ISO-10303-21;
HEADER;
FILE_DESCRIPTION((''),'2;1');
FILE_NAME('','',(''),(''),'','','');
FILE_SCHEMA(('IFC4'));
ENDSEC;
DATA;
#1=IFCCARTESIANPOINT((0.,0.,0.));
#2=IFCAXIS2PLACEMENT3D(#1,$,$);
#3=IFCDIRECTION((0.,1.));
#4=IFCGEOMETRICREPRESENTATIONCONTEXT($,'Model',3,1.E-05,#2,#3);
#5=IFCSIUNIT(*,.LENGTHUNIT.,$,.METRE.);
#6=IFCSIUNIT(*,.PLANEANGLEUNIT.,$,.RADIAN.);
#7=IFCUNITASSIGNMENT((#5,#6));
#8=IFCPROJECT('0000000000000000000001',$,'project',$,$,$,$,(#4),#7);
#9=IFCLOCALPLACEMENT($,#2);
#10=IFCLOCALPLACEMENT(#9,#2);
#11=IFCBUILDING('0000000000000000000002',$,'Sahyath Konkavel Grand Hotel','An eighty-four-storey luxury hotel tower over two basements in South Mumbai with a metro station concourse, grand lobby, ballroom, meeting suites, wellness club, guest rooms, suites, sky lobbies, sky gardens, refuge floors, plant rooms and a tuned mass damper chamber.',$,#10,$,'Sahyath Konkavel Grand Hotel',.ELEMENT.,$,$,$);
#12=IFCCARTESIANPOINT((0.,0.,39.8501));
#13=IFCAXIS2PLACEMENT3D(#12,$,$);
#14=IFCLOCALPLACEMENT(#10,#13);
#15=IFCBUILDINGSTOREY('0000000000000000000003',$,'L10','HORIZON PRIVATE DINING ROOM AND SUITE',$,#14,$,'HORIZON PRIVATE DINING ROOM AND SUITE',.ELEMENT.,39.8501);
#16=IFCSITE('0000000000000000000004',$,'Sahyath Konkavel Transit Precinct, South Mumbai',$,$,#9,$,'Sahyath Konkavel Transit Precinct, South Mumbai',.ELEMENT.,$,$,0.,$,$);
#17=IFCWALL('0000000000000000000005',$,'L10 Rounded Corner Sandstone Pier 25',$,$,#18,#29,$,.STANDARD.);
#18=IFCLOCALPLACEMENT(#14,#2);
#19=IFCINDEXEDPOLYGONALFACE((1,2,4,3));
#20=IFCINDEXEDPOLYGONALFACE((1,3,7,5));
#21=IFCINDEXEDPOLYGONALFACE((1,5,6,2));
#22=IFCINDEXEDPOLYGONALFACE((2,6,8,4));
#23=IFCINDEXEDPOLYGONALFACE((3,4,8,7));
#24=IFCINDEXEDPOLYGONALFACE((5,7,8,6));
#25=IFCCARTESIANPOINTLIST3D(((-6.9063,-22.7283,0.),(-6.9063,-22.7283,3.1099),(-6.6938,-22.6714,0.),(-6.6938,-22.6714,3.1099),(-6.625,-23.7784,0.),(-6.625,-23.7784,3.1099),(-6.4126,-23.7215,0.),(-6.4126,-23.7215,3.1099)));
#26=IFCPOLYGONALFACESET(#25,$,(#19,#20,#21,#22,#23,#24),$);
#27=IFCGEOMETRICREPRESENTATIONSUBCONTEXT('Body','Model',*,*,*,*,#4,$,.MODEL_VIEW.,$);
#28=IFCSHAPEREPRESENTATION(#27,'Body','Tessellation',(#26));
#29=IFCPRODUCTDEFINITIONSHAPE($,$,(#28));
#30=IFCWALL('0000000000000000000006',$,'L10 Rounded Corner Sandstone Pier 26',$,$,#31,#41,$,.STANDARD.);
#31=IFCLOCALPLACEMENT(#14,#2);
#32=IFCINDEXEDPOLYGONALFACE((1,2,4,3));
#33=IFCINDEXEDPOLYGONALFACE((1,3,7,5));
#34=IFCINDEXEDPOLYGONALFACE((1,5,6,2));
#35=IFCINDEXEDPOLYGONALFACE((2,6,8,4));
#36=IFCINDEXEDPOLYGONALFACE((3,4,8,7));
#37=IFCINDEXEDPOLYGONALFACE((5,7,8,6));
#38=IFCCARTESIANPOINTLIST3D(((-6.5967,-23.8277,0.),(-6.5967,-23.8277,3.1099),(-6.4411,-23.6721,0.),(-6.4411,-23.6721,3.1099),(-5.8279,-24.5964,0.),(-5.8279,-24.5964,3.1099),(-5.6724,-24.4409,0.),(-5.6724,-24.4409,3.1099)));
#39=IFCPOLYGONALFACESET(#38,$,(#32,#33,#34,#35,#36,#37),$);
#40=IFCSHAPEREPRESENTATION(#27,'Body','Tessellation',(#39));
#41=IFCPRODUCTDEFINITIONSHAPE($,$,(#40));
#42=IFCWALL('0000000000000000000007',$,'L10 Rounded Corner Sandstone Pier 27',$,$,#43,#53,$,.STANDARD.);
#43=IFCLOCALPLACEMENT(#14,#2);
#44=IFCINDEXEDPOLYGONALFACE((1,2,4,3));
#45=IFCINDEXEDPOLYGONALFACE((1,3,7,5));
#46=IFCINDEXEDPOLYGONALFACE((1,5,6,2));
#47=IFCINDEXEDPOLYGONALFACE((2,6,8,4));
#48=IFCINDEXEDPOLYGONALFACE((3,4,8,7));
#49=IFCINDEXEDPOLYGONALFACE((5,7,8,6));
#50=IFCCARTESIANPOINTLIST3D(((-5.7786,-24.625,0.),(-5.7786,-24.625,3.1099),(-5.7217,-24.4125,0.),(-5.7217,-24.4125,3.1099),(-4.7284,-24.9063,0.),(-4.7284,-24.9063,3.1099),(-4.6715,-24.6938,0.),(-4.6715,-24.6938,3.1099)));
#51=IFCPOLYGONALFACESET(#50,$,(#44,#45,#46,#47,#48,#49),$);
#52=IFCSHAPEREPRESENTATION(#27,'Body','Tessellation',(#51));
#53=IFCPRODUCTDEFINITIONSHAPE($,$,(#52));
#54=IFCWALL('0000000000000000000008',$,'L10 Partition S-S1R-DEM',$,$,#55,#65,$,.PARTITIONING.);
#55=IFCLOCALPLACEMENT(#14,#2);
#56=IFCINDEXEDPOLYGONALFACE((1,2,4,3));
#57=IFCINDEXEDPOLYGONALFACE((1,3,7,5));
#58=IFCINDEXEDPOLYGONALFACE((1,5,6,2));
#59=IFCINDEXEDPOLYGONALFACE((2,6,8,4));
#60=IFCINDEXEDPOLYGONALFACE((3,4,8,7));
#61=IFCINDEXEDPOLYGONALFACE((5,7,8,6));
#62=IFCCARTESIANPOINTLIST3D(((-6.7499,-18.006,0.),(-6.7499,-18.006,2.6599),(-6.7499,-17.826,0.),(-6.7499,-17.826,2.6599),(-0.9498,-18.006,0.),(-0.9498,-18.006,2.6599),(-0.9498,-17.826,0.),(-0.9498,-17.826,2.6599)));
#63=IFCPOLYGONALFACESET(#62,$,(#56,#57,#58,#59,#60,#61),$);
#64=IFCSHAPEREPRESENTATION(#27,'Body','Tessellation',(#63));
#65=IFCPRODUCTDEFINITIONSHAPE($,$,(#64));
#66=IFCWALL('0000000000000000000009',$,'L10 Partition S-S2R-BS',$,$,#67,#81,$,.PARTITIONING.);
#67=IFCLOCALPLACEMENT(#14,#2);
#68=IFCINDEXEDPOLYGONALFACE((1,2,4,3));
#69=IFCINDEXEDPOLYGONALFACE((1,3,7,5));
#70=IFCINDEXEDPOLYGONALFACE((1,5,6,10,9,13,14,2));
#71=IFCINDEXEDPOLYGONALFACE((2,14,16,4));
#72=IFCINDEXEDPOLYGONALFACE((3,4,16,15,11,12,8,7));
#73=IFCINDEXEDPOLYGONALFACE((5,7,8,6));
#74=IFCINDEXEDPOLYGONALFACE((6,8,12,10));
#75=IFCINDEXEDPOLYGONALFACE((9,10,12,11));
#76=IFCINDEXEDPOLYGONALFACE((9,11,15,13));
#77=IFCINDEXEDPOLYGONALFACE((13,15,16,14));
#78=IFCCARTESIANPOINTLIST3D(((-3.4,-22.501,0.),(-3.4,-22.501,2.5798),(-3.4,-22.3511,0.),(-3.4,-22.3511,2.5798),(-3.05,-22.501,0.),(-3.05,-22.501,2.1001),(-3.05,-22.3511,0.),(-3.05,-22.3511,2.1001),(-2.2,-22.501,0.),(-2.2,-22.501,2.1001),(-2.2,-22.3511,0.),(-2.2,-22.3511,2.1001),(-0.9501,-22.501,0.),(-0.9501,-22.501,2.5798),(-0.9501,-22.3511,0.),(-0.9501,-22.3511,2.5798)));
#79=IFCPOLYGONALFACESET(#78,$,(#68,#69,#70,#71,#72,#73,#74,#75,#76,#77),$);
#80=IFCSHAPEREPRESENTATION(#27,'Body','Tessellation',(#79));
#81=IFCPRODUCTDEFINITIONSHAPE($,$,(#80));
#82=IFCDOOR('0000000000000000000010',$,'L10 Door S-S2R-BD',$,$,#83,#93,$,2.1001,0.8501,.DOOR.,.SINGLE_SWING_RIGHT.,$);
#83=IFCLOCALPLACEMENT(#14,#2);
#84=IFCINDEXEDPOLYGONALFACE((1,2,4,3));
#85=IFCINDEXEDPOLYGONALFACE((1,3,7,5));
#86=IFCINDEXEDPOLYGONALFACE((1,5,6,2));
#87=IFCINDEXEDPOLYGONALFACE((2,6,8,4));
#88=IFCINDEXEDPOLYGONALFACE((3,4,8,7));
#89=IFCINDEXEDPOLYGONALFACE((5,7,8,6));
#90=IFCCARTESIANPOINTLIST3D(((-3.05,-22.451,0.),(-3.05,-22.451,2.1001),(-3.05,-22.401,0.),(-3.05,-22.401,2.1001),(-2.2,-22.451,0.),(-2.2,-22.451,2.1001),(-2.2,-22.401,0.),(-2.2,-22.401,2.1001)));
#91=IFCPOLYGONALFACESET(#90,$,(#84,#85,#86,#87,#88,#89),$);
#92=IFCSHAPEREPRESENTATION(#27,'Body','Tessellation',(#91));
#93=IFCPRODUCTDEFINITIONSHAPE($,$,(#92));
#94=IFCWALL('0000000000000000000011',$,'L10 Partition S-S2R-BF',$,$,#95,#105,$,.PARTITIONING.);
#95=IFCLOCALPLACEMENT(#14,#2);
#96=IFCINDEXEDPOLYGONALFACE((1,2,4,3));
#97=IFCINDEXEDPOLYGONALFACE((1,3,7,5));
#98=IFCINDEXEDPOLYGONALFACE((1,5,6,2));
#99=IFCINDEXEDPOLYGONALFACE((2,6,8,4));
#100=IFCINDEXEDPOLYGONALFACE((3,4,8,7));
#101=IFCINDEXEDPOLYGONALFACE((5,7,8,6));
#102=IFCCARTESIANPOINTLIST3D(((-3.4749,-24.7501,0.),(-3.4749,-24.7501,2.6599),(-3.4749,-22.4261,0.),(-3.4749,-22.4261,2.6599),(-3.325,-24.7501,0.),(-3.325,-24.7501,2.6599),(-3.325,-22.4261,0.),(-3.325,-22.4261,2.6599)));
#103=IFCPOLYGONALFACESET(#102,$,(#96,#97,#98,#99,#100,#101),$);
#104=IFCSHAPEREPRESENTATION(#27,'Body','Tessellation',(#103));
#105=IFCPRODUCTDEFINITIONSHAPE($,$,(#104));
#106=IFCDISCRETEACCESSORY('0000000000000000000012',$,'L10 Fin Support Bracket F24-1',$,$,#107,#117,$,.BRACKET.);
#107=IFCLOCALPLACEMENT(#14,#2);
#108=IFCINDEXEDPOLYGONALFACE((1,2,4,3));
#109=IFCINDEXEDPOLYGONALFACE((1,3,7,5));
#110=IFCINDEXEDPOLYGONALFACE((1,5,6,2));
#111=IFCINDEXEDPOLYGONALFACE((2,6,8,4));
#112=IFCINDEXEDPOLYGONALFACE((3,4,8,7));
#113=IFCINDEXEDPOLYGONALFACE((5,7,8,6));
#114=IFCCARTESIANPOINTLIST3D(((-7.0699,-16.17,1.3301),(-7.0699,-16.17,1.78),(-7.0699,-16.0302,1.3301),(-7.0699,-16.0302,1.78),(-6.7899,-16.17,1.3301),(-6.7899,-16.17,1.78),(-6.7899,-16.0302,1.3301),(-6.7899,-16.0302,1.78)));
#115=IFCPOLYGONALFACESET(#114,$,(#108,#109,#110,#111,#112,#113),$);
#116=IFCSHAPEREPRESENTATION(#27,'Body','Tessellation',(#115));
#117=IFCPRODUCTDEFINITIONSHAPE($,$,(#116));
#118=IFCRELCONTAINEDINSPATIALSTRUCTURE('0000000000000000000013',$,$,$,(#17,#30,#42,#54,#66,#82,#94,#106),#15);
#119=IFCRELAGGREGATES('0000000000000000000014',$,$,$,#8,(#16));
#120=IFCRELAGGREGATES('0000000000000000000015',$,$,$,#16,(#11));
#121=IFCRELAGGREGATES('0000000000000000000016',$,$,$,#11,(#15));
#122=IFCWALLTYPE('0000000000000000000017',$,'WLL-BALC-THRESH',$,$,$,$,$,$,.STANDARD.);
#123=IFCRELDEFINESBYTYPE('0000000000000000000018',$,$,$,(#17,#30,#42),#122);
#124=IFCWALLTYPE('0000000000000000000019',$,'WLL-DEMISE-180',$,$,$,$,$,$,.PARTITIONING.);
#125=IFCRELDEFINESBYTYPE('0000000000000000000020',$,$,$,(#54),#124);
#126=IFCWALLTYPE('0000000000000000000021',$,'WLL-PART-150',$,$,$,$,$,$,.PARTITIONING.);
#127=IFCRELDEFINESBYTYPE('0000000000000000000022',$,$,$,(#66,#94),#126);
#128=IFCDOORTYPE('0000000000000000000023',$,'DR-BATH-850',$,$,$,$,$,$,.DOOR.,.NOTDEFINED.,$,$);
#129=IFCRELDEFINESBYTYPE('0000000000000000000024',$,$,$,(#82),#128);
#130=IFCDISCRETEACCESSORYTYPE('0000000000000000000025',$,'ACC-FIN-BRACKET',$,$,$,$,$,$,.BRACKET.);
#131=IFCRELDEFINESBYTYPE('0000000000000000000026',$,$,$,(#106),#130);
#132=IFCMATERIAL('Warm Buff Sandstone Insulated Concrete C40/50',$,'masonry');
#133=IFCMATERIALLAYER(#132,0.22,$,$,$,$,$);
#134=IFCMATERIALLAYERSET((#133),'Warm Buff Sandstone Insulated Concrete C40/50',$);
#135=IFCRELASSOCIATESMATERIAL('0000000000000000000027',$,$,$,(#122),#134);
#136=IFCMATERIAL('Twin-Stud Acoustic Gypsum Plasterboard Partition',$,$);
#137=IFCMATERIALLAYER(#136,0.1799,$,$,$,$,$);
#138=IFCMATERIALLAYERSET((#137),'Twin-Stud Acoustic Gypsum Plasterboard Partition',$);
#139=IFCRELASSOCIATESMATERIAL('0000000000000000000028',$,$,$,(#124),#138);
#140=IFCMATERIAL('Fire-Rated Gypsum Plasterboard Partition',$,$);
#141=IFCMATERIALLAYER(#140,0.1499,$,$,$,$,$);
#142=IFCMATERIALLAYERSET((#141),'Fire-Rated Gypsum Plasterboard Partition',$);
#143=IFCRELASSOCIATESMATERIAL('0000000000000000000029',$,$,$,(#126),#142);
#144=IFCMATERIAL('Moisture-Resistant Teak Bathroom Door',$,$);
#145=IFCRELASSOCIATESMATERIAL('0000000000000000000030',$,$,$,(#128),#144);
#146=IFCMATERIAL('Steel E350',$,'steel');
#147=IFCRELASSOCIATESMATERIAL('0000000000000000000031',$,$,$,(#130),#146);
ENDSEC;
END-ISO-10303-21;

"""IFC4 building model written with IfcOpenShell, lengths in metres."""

from ifc_helpers import new_model, si_unit, direction, frame, frame_2d, origin, origin_2d, place, context, subcontext, project, spatial, rectangle, extrude, source, transform, mapped, material, layer, layer_set, type_object, element, fill, save


model = new_model("IFC4")

# Units and contexts
model_context = context("Model", 3, precision=1e-05, world=origin(), true_north=direction((0.0, 1.0)))
body_context = subcontext(model_context, "Body", "Model", "MODEL_VIEW")
ifc_project = project(units=[si_unit("LENGTHUNIT", "METRE"), si_unit("PLANEANGLEUNIT", "RADIAN")], contexts=[model_context])

# Site, building, storey
site_placement = place(None, origin())
site = spatial("IfcSite", under=ifc_project, at=site_placement, Name="Sahyath Konkavel Transit Precinct, South Mumbai", LongName="Sahyath Konkavel Transit Precinct, South Mumbai", CompositionType="ELEMENT", RefElevation=0.0)
building_placement = place(site_placement, origin())
building = spatial("IfcBuilding", under=site, at=building_placement, Name="Sahyath Konkavel Grand Hotel", Description="An eighty-four-storey luxury hotel tower over two basements in South Mumbai with a metro station concourse, grand lobby, ballroom, meeting suites, wellness club, guest rooms, suites, sky lobbies, sky gardens, refuge floors, plant rooms and a tuned mass damper chamber.", LongName="Sahyath Konkavel Grand Hotel", CompositionType="ELEMENT")
storey_placement = place(building_placement, frame((0.0, 0.0, 39.8501)))
storey = spatial("IfcBuildingStorey", under=building, at=storey_placement, Name="L10", Description="HORIZON PRIVATE DINING ROOM AND SUITE", LongName="HORIZON PRIVATE DINING ROOM AND SUITE", CompositionType="ELEMENT", Elevation=39.8501)

# Shared definitions
ifc_material_1 = material(Name="Steel E350", Category="steel")

# Walls
ifc_material_2 = material(Name="Warm Buff Sandstone Insulated Concrete C40/50", Category="masonry")
ifc_layer_1 = layer(ifc_material_2, 0.22)
ifc_layer_set_1 = layer_set([ifc_layer_1], Name="Warm Buff Sandstone Insulated Concrete C40/50")
wall_type_1 = type_object("IfcWallType", Name="WLL-BALC-THRESH", PredefinedType="STANDARD", material=ifc_layer_set_1)
for number, where, z_axis, x_axis, name in (
    (1, (-6.8, -22.7, 0.0), (0.0, 0.0, 1.0), (0.258725, -0.965951, 0.0), "L10 Rounded Corner Sandstone Pier 25"),
    (2, (-6.5188, -23.75, 0.0), (0.0, 0.0, 1.0), (0.707107, -0.707107, 0.0), "L10 Rounded Corner Sandstone Pier 26"),
    (3, (-5.75, -24.5188, 0.0), (0.0, 0.0, 1.0), (0.965951, -0.258725, 0.0), "L10 Rounded Corner Sandstone Pier 27"),
):
    element("IfcWall", number, at=place(storey_placement, frame(where, z_axis=z_axis, x_axis=x_axis)), inside=storey, type_object=wall_type_1, Name=name, PredefinedType="STANDARD", context=body_context, shape_type="SweptSolid", body=[
        extrude(rectangle(XDim=1.0872, YDim=0.22, at=frame_2d((0.5435, 0.0))), origin(), (0.0, 0.0, 1.0), 3.1099),
    ])
ifc_material_3 = material(Name="Twin-Stud Acoustic Gypsum Plasterboard Partition")
ifc_layer_2 = layer(ifc_material_3, 0.1799)
ifc_layer_set_2 = layer_set([ifc_layer_2], Name="Twin-Stud Acoustic Gypsum Plasterboard Partition")
wall_type_2 = type_object("IfcWallType", Name="WLL-DEMISE-180", PredefinedType="PARTITIONING", material=ifc_layer_set_2)
wall_1_placement = place(storey_placement, frame((-0.95, -17.916, 0.0), z_axis=(0.0, 0.0, 1.0), x_axis=(-1.0, 0.0, 0.0)))
element("IfcWall", 4, at=wall_1_placement, inside=storey, type_object=wall_type_2, Name="L10 Partition S-S1R-DEM", PredefinedType="PARTITIONING", context=body_context, shape_type="SweptSolid", body=[
    extrude(rectangle(XDim=5.8, YDim=0.1799, at=frame_2d((2.8999, 0.0))), origin(), (0.0, 0.0, 1.0), 2.6599),
])

# Wall, opening, door
ifc_material_4 = material(Name="Fire-Rated Gypsum Plasterboard Partition")
ifc_layer_3 = layer(ifc_material_4, 0.1499)
ifc_layer_set_3 = layer_set([ifc_layer_3], Name="Fire-Rated Gypsum Plasterboard Partition")
wall_type_3 = type_object("IfcWallType", Name="WLL-PART-150", PredefinedType="PARTITIONING", material=ifc_layer_set_3)
wall_2_placement = place(storey_placement, frame((-0.95, -22.426, 0.0), z_axis=(0.0, 0.0, 1.0), x_axis=(-1.0, 0.0, 0.0)))
wall_2 = element("IfcWall", 5, at=wall_2_placement, inside=storey, type_object=wall_type_3, Name="L10 Partition S-S2R-BS", PredefinedType="PARTITIONING", context=body_context, shape_type="SweptSolid", body=[
    extrude(rectangle(XDim=2.45, YDim=0.1499, at=frame_2d((1.2251, 0.0))), origin(), (0.0, 0.0, 1.0), 2.5798),
])
opening_placement = place(wall_2_placement, frame((1.25, 0.0, 0.0)))
opening = element("IfcOpeningElement", 6, at=opening_placement, cuts=wall_2, PredefinedType="OPENING", context=body_context, shape_type="SweptSolid", body=[
    extrude(rectangle(XDim=0.8501, YDim=2.1001, at=frame_2d((0.425, 1.05))), frame((0.0, 0.085, 0.0), z_axis=(0.0, -1.0, 0.0), x_axis=(1.0, 0.0, 0.0)), (0.0, 0.0, 1.0), 0.1699),
])
ifc_material_5 = material(Name="Moisture-Resistant Teak Bathroom Door")
door_type = type_object("IfcDoorType", Name="DR-BATH-850", OperationType="NOTDEFINED", PredefinedType="DOOR", material=ifc_material_5)
shared_shape_1 = source(origin(), body_context, "Body", "SweptSolid", [
    extrude(rectangle(XDim=0.8501, YDim=0.05, at=origin_2d()), origin(), (0.0, 0.0, 1.0), 2.1001),
])
door_placement = place(opening_placement, frame((0.425, 0.0, 0.0)))
door = element("IfcDoor", 7, at=door_placement, inside=storey, type_object=door_type, Name="L10 Door S-S2R-BD", OperationType="SINGLE_SWING_RIGHT", OverallHeight=2.1001, OverallWidth=0.8501, PredefinedType="DOOR", context=body_context, shape_type="MappedRepresentation", body=[
    mapped(shared_shape_1, transform((0.0, 0.0, 0.0), scale=1.0)),
])
fill(opening, door)

# Wall
wall_3_placement = place(storey_placement, frame((-3.3999, -22.426, 0.0), z_axis=(0.0, 0.0, 1.0), x_axis=(0.0, -1.0, 0.0)))
element("IfcWall", 8, at=wall_3_placement, inside=storey, type_object=wall_type_3, Name="L10 Partition S-S2R-BF", PredefinedType="PARTITIONING", context=body_context, shape_type="SweptSolid", body=[
    extrude(rectangle(XDim=2.324, YDim=0.1499, at=frame_2d((1.1621, 0.0))), origin(), (0.0, 0.0, 1.0), 2.6599),
])

# Discrete accessory
discrete_accessory_type = type_object("IfcDiscreteAccessoryType", Name="ACC-FIN-BRACKET", PredefinedType="BRACKET", material=ifc_material_1)
shared_shape_2 = source(origin(), body_context, "Body", "SweptSolid", [
    extrude(rectangle(XDim=0.28, YDim=0.1399, at=origin_2d()), origin(), (0.0, 0.0, 1.0), 0.45),
])
discrete_accessory_placement = place(storey_placement, frame((-6.9299, -16.1001, 1.3301), z_axis=(0.0, 0.0, 1.0), x_axis=(-1.0, 0.0, 0.0)))
element("IfcDiscreteAccessory", 9, at=discrete_accessory_placement, inside=storey, type_object=discrete_accessory_type, Name="L10 Fin Support Bracket F24-1", PredefinedType="BRACKET", context=body_context, shape_type="MappedRepresentation", body=[
    mapped(shared_shape_2, transform((0.0, 0.0, 0.0), scale=1.0)),
])

save(model, "model.ifc")
